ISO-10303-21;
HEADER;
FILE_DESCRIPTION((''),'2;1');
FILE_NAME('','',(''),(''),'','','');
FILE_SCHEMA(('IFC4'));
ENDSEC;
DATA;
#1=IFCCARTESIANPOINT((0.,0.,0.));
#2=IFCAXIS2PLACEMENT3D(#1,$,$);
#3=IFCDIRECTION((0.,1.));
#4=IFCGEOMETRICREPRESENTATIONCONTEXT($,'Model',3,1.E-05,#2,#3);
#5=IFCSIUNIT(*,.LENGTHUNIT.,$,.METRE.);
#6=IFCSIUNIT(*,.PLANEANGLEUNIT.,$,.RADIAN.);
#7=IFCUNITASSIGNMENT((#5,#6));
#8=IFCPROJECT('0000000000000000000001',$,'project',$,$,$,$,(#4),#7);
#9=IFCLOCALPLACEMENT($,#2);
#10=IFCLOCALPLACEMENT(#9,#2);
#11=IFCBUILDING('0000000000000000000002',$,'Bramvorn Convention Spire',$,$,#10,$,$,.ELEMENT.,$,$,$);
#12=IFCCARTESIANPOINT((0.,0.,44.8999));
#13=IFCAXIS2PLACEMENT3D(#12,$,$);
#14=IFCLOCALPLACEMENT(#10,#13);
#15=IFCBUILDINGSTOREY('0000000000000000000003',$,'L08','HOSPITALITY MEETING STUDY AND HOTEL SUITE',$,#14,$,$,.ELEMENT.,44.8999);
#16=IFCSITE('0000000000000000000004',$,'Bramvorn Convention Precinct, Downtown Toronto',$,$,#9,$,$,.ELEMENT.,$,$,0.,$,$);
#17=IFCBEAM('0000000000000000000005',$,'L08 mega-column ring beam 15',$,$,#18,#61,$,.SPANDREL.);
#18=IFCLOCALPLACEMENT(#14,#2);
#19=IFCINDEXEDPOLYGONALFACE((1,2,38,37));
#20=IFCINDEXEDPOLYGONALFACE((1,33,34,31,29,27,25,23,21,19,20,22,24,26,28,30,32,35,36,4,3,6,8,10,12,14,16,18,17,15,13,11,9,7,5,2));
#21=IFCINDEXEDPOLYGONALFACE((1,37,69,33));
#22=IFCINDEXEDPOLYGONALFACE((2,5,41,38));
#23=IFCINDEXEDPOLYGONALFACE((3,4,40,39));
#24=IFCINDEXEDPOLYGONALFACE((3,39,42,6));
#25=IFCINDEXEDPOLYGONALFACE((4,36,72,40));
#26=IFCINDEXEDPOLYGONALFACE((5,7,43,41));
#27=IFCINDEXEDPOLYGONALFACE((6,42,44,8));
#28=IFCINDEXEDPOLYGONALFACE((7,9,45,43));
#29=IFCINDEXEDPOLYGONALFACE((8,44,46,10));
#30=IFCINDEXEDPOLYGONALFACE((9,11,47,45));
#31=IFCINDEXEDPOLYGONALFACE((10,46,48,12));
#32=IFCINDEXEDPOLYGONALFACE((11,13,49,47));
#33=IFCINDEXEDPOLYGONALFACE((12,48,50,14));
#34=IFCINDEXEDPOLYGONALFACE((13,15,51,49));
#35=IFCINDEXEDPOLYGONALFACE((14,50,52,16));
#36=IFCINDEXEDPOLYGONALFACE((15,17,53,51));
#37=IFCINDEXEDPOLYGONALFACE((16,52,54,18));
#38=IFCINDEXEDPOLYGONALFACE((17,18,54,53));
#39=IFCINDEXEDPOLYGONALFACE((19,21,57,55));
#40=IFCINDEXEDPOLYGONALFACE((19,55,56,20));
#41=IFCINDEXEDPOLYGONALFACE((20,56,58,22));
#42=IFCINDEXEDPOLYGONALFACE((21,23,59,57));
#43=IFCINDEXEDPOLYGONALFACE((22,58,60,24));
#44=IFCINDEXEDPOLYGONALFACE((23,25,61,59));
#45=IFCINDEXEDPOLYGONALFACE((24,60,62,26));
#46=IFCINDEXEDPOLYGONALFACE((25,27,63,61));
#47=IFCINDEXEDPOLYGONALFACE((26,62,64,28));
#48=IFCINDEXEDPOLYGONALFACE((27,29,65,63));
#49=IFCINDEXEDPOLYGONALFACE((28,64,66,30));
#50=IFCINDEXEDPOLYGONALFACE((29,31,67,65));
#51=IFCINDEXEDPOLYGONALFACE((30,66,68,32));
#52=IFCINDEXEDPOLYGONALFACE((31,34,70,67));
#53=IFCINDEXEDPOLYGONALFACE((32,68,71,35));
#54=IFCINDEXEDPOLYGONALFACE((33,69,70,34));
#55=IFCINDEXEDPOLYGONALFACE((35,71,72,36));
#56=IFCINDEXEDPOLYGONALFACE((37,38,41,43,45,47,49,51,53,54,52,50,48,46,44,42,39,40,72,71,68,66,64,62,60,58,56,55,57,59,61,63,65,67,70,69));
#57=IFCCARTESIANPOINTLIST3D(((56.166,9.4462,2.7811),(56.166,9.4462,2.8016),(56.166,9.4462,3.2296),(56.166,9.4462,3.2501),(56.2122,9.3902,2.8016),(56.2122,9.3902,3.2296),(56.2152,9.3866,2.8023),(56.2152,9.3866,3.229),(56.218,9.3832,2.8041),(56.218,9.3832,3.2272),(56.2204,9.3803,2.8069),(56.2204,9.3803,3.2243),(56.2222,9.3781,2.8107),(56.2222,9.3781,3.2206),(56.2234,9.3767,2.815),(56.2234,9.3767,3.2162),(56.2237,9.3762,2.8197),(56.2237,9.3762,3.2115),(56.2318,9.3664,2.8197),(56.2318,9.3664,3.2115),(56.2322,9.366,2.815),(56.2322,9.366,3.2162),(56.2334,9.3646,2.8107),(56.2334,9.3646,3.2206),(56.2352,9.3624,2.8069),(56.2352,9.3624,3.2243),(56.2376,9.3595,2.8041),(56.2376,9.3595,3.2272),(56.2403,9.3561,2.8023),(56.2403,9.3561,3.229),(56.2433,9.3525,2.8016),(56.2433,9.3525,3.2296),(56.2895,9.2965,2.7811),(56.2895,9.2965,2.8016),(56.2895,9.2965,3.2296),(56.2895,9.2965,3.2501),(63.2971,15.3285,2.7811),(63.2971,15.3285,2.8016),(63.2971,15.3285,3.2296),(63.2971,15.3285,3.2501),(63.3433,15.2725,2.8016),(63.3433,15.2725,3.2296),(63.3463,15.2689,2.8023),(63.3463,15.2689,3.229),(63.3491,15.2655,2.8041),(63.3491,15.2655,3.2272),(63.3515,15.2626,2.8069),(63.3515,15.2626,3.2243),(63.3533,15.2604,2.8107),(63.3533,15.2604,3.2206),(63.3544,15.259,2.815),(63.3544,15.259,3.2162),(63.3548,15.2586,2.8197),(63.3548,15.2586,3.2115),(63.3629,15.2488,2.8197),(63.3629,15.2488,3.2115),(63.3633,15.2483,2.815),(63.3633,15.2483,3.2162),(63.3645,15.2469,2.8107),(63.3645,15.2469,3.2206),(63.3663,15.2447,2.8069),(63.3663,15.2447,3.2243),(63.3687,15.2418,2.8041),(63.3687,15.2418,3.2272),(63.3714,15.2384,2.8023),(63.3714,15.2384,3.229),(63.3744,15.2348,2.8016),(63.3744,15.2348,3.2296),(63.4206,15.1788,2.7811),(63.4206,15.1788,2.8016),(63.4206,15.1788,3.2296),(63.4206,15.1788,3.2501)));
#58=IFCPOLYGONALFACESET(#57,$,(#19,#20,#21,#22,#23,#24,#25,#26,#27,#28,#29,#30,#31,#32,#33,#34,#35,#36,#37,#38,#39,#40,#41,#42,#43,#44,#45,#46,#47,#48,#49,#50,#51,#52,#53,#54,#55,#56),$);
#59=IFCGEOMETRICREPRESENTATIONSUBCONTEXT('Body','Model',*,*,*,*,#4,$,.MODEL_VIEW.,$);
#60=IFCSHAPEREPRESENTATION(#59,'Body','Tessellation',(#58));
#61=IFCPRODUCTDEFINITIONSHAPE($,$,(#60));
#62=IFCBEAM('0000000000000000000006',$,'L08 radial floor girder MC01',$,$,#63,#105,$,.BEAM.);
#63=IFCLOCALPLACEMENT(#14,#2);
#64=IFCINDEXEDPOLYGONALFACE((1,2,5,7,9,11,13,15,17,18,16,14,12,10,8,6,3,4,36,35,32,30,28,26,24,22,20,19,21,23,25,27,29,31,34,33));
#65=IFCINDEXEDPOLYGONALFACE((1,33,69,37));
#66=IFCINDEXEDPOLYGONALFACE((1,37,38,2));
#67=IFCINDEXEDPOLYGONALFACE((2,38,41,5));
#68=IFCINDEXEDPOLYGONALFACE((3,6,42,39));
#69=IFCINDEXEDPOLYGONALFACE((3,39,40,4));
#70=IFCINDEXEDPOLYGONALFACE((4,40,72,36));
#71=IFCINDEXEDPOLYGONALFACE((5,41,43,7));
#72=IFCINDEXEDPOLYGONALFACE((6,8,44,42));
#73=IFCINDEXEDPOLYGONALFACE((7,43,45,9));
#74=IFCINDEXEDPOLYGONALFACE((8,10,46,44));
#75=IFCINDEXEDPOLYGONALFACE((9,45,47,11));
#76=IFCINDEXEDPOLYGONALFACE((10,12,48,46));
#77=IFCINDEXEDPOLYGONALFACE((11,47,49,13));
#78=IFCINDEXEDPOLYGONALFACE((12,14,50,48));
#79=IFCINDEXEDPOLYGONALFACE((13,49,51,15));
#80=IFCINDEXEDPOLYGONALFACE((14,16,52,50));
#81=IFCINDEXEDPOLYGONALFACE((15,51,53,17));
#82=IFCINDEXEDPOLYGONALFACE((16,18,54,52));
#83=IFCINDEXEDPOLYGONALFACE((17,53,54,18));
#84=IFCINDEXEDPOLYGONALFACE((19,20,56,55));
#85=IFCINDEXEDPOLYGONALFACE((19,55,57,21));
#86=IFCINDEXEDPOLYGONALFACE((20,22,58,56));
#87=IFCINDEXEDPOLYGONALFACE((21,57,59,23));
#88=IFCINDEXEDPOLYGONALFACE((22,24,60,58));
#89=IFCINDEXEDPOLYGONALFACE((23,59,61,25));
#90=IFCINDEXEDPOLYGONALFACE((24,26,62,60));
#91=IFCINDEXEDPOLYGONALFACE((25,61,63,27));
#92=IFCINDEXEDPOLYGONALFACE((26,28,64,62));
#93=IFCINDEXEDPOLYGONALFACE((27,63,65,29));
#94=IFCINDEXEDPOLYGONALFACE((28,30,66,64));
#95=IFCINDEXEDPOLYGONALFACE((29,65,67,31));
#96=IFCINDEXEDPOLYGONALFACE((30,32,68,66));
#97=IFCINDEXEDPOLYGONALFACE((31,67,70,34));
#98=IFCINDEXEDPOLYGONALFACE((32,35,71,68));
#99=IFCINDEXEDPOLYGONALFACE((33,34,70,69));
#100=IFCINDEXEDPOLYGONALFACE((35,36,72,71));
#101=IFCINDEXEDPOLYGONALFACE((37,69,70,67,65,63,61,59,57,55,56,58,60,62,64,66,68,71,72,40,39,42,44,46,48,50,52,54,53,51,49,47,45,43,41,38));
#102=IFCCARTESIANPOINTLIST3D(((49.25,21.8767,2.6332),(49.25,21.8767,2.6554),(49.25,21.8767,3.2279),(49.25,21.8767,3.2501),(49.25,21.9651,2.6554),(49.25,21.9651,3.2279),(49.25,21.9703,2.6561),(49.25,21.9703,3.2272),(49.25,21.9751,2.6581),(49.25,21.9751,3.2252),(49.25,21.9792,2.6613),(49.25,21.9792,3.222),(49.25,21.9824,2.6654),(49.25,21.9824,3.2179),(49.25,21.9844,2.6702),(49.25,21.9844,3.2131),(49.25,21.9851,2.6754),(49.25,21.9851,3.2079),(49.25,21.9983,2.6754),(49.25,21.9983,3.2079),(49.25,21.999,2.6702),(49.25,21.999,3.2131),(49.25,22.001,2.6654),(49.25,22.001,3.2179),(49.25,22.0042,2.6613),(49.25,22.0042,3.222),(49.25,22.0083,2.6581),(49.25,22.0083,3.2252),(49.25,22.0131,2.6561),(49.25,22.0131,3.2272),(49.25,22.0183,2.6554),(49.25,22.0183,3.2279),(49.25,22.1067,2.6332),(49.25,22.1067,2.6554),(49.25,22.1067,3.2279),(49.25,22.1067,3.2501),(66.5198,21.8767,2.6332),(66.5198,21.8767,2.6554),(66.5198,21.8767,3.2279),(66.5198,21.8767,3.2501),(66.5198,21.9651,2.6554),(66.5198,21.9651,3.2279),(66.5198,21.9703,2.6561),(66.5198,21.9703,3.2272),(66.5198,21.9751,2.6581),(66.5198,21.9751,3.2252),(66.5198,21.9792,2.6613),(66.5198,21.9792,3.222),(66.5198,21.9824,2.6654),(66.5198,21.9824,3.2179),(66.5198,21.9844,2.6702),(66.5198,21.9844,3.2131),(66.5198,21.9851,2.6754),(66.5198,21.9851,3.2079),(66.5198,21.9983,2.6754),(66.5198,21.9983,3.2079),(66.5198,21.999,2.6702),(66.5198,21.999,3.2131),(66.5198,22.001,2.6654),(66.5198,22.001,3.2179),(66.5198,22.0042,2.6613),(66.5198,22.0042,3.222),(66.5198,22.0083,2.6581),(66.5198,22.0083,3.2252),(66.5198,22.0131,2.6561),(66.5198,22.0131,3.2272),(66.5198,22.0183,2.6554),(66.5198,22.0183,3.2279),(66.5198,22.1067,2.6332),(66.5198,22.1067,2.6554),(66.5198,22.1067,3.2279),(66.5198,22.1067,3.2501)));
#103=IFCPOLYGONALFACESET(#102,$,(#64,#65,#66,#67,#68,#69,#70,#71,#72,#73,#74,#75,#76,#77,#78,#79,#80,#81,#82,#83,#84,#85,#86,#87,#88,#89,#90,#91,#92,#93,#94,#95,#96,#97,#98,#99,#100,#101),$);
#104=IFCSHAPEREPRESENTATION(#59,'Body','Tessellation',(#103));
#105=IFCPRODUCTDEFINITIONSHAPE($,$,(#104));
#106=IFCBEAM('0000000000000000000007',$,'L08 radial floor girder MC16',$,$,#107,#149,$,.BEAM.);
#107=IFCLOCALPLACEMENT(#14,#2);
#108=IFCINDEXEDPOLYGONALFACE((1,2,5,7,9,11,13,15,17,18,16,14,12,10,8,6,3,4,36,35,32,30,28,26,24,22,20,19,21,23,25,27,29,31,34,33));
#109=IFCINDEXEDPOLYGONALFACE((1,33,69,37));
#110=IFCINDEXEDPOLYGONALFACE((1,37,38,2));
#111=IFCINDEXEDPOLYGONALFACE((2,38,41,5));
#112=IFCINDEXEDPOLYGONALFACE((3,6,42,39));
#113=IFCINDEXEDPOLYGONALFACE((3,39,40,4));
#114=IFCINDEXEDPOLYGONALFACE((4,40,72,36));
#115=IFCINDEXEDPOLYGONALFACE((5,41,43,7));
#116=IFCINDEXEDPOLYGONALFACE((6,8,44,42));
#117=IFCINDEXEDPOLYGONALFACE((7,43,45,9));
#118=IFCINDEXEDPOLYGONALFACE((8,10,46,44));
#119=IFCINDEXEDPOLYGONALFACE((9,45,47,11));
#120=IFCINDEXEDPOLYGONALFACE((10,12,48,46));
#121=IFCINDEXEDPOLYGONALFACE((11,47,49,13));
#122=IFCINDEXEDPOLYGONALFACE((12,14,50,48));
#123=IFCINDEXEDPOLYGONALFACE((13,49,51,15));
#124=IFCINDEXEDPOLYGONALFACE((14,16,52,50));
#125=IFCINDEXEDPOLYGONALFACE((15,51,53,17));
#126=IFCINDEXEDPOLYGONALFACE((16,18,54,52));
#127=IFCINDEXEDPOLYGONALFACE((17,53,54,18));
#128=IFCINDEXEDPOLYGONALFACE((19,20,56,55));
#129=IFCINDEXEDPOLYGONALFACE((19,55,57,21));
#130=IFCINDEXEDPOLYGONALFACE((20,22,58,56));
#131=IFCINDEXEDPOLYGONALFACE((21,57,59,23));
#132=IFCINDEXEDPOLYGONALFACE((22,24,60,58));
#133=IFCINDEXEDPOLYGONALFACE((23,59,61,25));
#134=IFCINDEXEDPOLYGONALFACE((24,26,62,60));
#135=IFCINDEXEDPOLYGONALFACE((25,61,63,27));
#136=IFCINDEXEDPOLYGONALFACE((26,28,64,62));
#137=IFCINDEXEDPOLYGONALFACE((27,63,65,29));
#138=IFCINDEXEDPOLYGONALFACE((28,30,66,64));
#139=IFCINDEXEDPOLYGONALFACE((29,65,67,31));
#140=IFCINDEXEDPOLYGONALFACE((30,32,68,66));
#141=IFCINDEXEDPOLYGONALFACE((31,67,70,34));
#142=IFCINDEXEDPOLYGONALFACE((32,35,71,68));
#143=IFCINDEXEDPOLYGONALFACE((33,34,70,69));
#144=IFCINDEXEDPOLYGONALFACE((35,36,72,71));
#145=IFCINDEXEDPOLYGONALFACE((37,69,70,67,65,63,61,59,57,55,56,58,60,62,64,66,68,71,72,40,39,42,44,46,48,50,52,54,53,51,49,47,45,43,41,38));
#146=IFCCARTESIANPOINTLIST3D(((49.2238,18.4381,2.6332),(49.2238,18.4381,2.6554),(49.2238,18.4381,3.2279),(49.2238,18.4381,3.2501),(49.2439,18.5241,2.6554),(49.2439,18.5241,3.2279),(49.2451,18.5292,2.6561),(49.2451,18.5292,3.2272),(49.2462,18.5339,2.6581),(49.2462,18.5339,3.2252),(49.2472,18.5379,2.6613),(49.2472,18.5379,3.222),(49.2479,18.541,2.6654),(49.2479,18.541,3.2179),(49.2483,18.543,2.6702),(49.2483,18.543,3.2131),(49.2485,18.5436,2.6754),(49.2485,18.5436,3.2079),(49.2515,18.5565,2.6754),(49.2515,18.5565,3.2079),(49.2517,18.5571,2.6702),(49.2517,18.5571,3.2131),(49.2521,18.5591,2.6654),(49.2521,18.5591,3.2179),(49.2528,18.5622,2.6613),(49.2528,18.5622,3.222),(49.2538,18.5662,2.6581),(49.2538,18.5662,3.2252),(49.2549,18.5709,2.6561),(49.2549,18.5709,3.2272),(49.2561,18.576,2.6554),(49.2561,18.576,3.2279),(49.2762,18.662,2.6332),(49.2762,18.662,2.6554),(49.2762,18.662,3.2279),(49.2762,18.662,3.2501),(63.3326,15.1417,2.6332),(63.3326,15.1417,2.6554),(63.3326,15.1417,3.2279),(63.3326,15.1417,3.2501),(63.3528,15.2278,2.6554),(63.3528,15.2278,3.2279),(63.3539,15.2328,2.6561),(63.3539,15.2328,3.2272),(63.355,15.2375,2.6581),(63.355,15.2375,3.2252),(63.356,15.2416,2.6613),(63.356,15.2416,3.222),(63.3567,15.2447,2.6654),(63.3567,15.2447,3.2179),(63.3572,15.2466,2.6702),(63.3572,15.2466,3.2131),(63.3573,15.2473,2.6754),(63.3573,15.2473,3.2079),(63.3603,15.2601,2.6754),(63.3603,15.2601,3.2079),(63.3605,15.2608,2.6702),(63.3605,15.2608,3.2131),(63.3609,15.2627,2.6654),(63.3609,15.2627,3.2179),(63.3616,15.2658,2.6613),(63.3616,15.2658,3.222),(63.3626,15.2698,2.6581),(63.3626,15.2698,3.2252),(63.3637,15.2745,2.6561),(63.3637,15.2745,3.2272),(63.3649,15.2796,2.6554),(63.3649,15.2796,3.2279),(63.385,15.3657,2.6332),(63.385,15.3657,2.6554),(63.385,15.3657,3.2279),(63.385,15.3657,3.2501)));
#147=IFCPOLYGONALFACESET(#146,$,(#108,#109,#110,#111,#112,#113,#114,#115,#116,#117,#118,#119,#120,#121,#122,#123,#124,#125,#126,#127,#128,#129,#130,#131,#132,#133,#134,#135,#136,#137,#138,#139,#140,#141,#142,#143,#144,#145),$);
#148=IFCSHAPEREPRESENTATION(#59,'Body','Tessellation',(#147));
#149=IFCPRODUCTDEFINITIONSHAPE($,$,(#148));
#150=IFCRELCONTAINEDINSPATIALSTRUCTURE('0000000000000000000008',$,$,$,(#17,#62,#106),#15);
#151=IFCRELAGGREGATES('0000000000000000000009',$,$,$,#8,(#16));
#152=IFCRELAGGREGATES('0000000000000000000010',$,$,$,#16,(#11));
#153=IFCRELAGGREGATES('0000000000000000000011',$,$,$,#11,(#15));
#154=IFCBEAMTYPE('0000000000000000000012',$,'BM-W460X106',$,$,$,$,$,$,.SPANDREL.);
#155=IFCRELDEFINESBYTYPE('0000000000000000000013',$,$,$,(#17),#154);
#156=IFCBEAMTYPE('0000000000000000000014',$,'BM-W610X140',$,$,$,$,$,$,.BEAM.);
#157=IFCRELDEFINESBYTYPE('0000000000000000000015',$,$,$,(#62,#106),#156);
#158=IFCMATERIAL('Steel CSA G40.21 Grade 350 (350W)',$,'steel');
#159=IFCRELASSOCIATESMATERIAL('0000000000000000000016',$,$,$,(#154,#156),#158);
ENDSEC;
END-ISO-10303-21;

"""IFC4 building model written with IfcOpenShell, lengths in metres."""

from ifc_helpers import new_model, si_unit, direction, frame, origin, origin_2d, place, context, subcontext, project, spatial, i_section, extrude, material, material_profile, profile_set, type_object, element, save


model = new_model("IFC4")

# Units and contexts
model_context = context("Model", 3, precision=1e-05, world=origin(), true_north=direction((0.0, 1.0)))
body_context = subcontext(model_context, "Body", "Model", "MODEL_VIEW")
ifc_project = project(units=[si_unit("LENGTHUNIT", "METRE"), si_unit("PLANEANGLEUNIT", "RADIAN")], contexts=[model_context])

# Site, building, storey
site_placement = place(None, origin())
site = spatial("IfcSite", under=ifc_project, at=site_placement, Name="Bramvorn Convention Precinct, Downtown Toronto", CompositionType="ELEMENT", RefElevation=0.0)
building_placement = place(site_placement, origin())
building = spatial("IfcBuilding", under=site, at=building_placement, Name="Bramvorn Convention Spire", CompositionType="ELEMENT")
storey_placement = place(building_placement, frame((0.0, 0.0, 44.8999)))
storey = spatial("IfcBuildingStorey", under=building, at=storey_placement, Name="L08", Description="HOSPITALITY MEETING STUDY AND HOTEL SUITE", CompositionType="ELEMENT", Elevation=44.8999)

# Shared definitions
ifc_material_1 = material(Name="Steel CSA G40.21 Grade 350 (350W)", Category="steel")

# Beams
ifc_material_profile_1 = material_profile(ifc_material_1, i_section(OverallWidth=0.1941, OverallDepth=0.469, WebThickness=0.0127, FlangeThickness=0.0205, FilletRadius=0.0181, at=origin_2d()))
ifc_profile_set_1 = profile_set([ifc_material_profile_1], Name="Steel CSA G40.21 Grade 350 (350W) - W460X106")
beam_type_1 = type_object("IfcBeamType", Name="BM-W460X106", PredefinedType="SPANDREL", material=ifc_profile_set_1)
beam_1_placement = place(storey_placement, frame((56.2278, 9.3713, 3.0156), z_axis=(0.771418, 0.636329, 0.0), x_axis=(-0.636329, 0.771418, 0.0)))
element("IfcBeam", 1, at=beam_1_placement, inside=storey, type_object=beam_type_1, Name="L08 mega-column ring beam 15", PredefinedType="SPANDREL", context=body_context, shape_type="SweptSolid", body=[
    extrude(i_section(OverallWidth=0.1941, OverallDepth=0.469, WebThickness=0.0127, FlangeThickness=0.0205, FilletRadius=0.0181, at=origin_2d()), origin(), (0.0, 0.0, 1.0), 9.2441),
])
ifc_material_profile_2 = material_profile(ifc_material_1, i_section(OverallWidth=0.23, OverallDepth=0.6169, WebThickness=0.0132, FlangeThickness=0.0222, FilletRadius=0.02, at=origin_2d()))
ifc_profile_set_2 = profile_set([ifc_material_profile_2], Name="Steel CSA G40.21 Grade 350 (350W) - W610X140")
beam_type_2 = type_object("IfcBeamType", Name="BM-W610X140", PredefinedType="BEAM", material=ifc_profile_set_2)
beam_2_placement = place(storey_placement, frame((49.25, 21.9917, 2.9417), z_axis=(1.0, 0.0, 0.0), x_axis=(0.0, 1.0, 0.0)))
element("IfcBeam", 2, at=beam_2_placement, inside=storey, type_object=beam_type_2, Name="L08 radial floor girder MC01", PredefinedType="BEAM", context=body_context, shape_type="SweptSolid", body=[
    extrude(i_section(OverallWidth=0.23, OverallDepth=0.6169, WebThickness=0.0132, FlangeThickness=0.0222, FilletRadius=0.02, at=origin_2d()), origin(), (0.0, 0.0, 1.0), 17.2698),
])
beam_3_placement = place(storey_placement, frame((49.25, 18.55, 2.9417), z_axis=(0.973775, -0.227512, 0.0), x_axis=(0.227512, 0.973775, 0.0)))
element("IfcBeam", 3, at=beam_3_placement, inside=storey, type_object=beam_type_2, Name="L08 radial floor girder MC16", PredefinedType="BEAM", context=body_context, shape_type="SweptSolid", body=[
    extrude(i_section(OverallWidth=0.23, OverallDepth=0.6169, WebThickness=0.0132, FlangeThickness=0.0222, FilletRadius=0.02, at=origin_2d()), origin(), (0.0, 0.0, 1.0), 14.4888),
])

save(model, "model.ifc")
